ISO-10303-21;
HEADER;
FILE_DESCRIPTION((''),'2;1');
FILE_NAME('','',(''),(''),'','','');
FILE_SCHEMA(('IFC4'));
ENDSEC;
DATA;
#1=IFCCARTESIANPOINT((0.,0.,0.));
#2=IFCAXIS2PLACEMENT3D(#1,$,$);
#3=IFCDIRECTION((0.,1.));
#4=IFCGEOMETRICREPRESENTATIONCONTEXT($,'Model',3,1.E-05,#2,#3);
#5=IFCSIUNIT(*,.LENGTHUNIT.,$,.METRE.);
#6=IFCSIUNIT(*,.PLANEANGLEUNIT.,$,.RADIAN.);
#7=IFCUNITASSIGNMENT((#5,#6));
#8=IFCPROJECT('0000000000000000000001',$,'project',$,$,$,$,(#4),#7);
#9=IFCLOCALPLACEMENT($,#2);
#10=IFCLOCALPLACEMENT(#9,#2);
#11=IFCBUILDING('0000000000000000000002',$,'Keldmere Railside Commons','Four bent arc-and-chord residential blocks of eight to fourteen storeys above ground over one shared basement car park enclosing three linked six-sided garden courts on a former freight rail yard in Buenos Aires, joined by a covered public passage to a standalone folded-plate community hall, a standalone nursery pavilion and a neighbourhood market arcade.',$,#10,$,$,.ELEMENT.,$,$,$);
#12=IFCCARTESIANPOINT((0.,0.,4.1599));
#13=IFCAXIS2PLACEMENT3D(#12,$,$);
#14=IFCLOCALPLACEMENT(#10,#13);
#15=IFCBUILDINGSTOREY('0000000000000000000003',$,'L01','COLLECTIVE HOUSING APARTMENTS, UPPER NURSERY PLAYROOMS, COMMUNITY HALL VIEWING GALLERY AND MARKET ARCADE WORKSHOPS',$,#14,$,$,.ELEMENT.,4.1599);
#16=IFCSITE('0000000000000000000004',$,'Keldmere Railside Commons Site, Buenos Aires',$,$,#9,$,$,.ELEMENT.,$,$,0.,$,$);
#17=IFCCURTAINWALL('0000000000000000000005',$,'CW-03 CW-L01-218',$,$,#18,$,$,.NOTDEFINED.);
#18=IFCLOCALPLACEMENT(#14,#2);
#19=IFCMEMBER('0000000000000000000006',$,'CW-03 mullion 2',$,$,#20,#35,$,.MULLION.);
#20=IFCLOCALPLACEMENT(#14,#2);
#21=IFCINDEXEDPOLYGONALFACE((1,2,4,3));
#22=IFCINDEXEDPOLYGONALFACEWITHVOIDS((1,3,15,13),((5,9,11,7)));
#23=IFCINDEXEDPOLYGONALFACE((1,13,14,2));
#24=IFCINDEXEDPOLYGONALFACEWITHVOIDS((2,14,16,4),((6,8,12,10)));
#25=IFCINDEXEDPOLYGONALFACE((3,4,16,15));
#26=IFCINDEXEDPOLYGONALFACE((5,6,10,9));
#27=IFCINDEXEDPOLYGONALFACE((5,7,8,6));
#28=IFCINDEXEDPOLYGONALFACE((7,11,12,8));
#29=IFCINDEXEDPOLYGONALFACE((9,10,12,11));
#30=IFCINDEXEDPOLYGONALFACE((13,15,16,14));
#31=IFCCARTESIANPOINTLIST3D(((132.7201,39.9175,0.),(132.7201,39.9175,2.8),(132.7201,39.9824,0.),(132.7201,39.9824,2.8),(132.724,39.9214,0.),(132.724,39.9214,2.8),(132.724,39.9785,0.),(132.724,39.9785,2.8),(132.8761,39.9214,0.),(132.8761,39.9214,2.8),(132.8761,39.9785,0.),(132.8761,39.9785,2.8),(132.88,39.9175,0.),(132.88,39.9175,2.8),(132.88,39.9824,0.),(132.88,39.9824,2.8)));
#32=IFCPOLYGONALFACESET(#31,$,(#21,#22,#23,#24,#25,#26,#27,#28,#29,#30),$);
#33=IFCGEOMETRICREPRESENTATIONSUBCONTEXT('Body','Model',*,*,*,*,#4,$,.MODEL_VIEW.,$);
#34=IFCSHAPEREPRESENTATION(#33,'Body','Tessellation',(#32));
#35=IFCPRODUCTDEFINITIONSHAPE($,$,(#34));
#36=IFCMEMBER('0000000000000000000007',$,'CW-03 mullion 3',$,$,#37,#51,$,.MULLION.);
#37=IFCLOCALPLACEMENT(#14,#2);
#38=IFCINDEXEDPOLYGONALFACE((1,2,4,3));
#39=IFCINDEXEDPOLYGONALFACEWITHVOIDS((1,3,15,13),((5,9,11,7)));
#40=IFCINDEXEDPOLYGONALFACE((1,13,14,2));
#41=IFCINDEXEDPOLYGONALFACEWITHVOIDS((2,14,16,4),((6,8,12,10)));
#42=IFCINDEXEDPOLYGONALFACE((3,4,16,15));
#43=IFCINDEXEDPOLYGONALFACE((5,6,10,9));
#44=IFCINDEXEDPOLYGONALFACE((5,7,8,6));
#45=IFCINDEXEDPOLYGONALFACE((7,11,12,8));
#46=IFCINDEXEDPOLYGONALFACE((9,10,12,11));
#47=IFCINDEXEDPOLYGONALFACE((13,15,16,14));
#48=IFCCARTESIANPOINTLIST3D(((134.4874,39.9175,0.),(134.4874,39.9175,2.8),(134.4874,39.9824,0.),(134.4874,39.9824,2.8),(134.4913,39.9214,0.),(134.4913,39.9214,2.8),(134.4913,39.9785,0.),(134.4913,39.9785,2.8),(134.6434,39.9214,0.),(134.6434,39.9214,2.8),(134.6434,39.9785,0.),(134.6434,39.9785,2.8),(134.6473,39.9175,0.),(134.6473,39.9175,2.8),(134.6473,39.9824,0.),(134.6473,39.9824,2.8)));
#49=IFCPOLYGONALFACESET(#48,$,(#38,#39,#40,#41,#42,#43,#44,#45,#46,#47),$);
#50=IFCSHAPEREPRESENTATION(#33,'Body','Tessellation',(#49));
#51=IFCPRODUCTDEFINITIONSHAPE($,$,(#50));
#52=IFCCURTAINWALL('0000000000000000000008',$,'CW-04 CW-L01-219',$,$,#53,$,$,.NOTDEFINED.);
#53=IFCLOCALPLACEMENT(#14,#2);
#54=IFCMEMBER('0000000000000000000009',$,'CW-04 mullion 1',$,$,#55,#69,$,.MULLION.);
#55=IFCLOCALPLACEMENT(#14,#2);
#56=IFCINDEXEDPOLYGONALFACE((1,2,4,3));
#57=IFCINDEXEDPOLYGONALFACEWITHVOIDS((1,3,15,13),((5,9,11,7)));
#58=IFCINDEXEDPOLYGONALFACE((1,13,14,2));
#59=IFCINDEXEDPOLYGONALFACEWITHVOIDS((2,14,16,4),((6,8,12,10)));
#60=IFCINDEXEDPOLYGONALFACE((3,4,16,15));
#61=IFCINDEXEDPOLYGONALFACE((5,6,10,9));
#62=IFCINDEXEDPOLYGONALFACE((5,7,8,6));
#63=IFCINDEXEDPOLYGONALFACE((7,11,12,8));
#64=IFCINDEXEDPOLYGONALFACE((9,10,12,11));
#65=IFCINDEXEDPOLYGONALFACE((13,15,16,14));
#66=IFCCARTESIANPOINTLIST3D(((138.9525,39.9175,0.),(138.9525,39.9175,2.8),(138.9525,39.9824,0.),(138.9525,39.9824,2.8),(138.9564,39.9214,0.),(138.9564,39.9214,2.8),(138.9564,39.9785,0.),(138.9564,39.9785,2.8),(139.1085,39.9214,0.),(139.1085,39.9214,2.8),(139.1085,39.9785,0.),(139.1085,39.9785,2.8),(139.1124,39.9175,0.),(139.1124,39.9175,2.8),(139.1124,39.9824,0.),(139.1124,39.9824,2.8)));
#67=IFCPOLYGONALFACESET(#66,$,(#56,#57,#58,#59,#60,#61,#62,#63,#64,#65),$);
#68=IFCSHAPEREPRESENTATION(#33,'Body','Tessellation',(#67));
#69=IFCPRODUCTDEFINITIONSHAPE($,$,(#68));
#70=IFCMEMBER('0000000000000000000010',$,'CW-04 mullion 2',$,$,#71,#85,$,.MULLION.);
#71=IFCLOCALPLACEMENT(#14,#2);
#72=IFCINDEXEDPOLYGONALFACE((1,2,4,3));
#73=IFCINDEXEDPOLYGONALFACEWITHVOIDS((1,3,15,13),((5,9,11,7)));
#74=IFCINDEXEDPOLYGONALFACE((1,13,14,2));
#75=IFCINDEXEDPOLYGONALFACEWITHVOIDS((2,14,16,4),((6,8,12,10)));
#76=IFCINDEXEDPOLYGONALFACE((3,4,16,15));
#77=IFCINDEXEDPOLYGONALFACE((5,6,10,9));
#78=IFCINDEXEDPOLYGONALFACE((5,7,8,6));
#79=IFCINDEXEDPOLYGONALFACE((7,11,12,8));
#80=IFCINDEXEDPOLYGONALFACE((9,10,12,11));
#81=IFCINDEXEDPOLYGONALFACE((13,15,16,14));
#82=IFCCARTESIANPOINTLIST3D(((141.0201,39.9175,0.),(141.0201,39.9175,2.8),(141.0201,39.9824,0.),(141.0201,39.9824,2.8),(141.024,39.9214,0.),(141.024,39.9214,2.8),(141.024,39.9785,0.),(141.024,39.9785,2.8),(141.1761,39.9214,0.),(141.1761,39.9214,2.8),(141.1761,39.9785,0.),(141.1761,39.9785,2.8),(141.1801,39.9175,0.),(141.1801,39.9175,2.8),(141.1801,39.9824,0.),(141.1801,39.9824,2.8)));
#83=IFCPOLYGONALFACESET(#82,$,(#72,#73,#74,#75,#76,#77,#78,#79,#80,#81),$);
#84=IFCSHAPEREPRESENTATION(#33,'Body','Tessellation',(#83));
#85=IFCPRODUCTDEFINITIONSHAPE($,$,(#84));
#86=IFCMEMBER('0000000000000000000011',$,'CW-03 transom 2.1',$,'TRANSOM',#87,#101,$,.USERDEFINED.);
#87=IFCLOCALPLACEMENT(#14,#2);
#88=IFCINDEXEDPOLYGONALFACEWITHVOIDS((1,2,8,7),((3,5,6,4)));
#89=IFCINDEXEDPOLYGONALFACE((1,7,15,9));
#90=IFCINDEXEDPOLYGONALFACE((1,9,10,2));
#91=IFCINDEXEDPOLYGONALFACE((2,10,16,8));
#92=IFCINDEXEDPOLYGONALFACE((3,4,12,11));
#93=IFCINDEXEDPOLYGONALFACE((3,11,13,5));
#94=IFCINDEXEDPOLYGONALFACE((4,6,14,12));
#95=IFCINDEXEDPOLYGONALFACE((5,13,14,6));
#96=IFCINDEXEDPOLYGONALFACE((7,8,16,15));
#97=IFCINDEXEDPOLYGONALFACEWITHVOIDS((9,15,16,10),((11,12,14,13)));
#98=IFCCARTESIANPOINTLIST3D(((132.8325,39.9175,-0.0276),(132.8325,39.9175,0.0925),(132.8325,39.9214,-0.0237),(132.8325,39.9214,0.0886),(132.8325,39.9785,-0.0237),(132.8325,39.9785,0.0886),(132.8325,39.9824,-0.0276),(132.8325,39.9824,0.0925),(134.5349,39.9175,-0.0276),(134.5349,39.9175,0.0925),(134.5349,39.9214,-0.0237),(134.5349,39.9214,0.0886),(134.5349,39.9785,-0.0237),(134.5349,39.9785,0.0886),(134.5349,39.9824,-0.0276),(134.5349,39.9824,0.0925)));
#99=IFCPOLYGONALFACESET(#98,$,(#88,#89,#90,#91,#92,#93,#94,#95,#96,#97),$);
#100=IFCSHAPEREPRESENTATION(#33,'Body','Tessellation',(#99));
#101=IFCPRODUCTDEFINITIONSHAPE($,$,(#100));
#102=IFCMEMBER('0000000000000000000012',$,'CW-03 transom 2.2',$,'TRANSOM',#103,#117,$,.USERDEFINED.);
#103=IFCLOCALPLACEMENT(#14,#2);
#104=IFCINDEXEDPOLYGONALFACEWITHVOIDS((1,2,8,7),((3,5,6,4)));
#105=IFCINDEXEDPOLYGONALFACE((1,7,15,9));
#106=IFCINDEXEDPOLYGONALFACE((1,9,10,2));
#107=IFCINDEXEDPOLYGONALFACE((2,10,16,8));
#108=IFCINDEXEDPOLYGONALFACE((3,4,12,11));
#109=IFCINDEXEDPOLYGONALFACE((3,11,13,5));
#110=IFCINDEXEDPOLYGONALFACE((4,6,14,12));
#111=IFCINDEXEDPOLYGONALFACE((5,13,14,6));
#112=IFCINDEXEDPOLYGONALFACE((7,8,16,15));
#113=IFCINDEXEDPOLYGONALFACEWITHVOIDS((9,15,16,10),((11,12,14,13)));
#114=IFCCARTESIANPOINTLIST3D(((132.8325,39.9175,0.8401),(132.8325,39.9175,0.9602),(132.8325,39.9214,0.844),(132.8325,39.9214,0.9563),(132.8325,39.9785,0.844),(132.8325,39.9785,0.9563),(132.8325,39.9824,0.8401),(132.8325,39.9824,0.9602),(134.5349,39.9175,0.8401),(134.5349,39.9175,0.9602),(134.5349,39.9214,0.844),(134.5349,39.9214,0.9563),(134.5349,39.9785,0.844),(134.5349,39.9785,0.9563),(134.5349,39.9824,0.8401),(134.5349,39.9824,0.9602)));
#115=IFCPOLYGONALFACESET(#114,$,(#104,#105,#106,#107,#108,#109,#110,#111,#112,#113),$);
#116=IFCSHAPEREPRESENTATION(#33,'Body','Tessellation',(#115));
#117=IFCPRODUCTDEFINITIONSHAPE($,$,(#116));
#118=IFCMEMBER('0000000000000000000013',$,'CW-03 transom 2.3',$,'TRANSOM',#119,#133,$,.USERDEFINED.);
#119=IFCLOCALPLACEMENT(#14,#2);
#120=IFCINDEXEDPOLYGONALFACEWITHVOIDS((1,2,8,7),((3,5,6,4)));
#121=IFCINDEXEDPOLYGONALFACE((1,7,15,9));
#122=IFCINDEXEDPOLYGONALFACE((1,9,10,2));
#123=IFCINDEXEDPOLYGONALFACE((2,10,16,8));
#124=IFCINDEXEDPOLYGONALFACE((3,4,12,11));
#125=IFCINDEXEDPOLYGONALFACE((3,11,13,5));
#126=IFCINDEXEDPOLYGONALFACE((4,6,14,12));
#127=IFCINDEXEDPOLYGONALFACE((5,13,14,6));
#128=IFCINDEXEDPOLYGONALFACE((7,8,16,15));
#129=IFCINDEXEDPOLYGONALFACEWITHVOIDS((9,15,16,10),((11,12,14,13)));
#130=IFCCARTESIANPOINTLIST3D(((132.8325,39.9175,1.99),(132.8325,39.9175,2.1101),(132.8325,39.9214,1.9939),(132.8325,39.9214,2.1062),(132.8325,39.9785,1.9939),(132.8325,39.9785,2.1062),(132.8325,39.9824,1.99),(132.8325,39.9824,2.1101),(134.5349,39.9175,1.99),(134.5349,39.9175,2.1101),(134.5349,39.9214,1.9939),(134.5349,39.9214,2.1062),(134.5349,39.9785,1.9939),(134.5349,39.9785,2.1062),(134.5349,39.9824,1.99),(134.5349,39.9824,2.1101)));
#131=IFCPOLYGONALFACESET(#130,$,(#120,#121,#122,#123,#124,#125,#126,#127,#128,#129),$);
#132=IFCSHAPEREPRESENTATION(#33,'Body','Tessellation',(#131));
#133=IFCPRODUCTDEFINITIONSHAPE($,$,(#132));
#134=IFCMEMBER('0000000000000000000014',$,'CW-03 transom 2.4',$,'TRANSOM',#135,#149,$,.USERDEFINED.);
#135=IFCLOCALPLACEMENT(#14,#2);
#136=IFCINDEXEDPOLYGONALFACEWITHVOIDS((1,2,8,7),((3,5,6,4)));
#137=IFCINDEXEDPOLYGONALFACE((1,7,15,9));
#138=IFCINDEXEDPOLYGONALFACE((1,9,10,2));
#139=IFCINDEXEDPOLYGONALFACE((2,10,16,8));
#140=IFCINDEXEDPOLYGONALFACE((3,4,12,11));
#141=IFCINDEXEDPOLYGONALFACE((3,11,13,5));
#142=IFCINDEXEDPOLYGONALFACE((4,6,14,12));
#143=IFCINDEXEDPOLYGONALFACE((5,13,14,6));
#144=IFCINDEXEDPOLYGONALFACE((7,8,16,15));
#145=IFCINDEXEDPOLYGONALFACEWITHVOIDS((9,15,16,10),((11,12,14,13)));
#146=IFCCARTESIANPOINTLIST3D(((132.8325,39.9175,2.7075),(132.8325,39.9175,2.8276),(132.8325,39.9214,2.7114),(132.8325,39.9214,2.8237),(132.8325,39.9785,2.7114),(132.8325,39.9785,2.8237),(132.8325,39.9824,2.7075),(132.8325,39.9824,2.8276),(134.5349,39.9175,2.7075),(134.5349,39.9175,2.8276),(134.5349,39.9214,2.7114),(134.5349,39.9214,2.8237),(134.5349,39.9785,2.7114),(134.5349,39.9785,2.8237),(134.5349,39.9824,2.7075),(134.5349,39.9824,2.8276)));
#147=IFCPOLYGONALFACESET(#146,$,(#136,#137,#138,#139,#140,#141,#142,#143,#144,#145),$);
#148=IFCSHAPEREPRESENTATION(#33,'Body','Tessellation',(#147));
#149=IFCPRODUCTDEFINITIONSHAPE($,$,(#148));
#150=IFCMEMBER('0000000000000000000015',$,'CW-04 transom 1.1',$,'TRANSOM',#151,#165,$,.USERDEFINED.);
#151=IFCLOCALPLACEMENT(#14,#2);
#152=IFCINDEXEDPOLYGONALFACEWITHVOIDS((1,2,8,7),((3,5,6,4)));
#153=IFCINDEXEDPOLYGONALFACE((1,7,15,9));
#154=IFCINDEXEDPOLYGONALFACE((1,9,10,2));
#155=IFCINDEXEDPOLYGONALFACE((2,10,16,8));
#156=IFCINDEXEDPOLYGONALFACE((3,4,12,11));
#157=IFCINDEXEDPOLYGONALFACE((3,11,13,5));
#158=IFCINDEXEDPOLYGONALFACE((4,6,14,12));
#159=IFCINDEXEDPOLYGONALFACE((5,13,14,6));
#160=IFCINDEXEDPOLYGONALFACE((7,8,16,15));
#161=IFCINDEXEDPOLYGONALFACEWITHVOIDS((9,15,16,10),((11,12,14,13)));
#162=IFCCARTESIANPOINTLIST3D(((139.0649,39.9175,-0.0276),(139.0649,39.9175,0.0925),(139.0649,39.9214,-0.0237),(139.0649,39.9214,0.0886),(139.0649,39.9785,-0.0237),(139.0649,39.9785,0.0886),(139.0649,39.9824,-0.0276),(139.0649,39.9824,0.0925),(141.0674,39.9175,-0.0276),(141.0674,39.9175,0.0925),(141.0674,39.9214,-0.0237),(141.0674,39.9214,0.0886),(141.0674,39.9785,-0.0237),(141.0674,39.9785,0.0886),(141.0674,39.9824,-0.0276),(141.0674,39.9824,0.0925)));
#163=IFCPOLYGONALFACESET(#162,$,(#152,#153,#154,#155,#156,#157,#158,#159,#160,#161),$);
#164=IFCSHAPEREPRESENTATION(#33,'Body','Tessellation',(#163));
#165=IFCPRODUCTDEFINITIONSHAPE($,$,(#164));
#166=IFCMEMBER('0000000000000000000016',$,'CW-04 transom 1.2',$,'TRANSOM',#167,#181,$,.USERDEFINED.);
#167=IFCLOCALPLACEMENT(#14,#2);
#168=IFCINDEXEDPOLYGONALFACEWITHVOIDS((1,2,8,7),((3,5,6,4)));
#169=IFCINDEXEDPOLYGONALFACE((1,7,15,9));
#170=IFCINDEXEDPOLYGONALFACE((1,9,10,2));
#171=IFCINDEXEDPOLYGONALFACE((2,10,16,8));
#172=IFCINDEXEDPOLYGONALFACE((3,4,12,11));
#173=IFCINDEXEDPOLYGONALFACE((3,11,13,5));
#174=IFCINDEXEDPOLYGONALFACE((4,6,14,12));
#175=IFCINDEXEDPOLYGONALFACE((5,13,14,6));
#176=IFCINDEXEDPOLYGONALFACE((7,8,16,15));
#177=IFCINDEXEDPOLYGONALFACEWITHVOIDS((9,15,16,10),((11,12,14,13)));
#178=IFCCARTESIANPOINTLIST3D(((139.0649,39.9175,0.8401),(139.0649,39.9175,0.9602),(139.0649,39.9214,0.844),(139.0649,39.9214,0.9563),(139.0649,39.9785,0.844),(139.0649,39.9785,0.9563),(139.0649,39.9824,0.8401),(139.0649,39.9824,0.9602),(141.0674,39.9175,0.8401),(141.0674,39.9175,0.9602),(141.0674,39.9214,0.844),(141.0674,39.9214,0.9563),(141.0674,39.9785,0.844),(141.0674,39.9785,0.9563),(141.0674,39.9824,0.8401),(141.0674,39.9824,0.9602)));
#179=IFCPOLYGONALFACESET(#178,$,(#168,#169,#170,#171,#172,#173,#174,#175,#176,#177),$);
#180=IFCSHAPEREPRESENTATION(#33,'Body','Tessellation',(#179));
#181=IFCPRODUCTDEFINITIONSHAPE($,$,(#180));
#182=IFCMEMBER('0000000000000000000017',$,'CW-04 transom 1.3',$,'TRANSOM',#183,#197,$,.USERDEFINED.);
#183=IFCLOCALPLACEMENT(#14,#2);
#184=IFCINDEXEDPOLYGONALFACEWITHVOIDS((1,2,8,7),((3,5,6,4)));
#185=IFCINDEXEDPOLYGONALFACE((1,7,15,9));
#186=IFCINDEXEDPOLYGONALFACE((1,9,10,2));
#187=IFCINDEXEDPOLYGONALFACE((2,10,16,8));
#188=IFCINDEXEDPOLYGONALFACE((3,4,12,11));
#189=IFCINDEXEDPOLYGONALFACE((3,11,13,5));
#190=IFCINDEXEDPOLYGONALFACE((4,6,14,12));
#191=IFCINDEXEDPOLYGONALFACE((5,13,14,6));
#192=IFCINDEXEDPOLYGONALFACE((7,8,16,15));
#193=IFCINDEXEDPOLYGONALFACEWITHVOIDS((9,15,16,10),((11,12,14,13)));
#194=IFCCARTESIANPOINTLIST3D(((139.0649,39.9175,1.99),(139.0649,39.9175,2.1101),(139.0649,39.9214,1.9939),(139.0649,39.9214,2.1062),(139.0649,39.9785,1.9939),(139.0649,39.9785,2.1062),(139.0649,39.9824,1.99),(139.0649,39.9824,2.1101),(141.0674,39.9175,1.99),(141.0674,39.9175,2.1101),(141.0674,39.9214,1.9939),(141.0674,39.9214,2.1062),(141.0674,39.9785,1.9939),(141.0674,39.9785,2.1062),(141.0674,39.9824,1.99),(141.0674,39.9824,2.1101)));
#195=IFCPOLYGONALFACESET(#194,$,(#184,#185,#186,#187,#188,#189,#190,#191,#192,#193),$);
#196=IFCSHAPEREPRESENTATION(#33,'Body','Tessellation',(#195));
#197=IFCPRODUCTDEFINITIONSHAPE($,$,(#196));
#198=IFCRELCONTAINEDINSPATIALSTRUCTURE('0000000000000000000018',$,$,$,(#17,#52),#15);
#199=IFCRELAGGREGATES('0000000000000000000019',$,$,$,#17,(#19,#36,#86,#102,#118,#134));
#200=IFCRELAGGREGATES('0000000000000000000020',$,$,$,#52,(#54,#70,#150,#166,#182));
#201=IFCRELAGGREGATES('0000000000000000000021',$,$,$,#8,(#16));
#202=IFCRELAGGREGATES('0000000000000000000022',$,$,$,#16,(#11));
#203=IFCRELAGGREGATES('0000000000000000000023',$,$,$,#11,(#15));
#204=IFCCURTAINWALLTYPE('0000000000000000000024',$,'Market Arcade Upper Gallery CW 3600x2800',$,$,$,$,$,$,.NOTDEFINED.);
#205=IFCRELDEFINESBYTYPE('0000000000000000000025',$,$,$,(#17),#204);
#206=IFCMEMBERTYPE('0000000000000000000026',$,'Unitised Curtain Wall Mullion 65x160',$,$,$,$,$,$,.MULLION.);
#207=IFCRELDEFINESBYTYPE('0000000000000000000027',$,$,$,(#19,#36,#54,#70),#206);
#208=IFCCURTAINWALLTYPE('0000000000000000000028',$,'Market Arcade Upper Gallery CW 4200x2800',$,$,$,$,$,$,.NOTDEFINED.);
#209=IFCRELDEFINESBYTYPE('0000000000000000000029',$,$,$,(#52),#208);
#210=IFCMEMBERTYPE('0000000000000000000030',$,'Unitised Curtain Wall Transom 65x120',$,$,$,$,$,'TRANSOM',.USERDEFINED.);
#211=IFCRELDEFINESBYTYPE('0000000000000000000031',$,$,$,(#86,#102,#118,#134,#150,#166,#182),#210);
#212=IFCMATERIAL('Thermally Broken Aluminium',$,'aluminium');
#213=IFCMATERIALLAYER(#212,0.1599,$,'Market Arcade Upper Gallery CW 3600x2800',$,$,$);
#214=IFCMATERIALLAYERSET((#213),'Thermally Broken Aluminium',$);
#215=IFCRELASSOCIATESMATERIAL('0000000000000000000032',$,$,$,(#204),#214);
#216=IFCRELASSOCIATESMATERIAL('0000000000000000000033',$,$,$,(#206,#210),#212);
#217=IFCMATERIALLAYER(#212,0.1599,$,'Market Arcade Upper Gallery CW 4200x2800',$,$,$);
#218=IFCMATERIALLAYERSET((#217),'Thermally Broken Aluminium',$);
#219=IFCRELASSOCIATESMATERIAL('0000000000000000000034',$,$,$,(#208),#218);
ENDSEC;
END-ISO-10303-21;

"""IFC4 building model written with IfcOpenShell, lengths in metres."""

from ifc_helpers import new_model, si_unit, direction, frame, origin, origin_2d, place, context, subcontext, project, spatial, hollow_rectangle, extrude, material, layer, layer_set, material_profile, profile_set, type_object, element, aggregate, save


model = new_model("IFC4")

# Units and contexts
model_context = context("Model", 3, precision=1e-05, world=origin(), true_north=direction((0.0, 1.0)))
body_context = subcontext(model_context, "Body", "Model", "MODEL_VIEW")
ifc_project = project(units=[si_unit("LENGTHUNIT", "METRE"), si_unit("PLANEANGLEUNIT", "RADIAN")], contexts=[model_context])

# Site, building, storey
site_placement = place(None, origin())
site = spatial("IfcSite", under=ifc_project, at=site_placement, Name="Keldmere Railside Commons Site, Buenos Aires", CompositionType="ELEMENT", RefElevation=0.0)
building_placement = place(site_placement, origin())
building = spatial("IfcBuilding", under=site, at=building_placement, Name="Keldmere Railside Commons", Description="Four bent arc-and-chord residential blocks of eight to fourteen storeys above ground over one shared basement car park enclosing three linked six-sided garden courts on a former freight rail yard in Buenos Aires, joined by a covered public passage to a standalone folded-plate community hall, a standalone nursery pavilion and a neighbourhood market arcade.", CompositionType="ELEMENT")
storey_placement = place(building_placement, frame((0.0, 0.0, 4.1599)))
storey = spatial("IfcBuildingStorey", under=building, at=storey_placement, Name="L01", Description="COLLECTIVE HOUSING APARTMENTS, UPPER NURSERY PLAYROOMS, COMMUNITY HALL VIEWING GALLERY AND MARKET ARCADE WORKSHOPS", CompositionType="ELEMENT", Elevation=4.1599)

# Curtain walls, members
ifc_material_1 = material(Name="Thermally Broken Aluminium", Category="aluminium")
ifc_layer_1 = layer(ifc_material_1, 0.1599, Name="Market Arcade Upper Gallery CW 3600x2800")
ifc_layer_set_1 = layer_set([ifc_layer_1], Name="Thermally Broken Aluminium")
curtain_wall_type_1 = type_object("IfcCurtainWallType", Name="Market Arcade Upper Gallery CW 3600x2800", PredefinedType="NOTDEFINED", material=ifc_layer_set_1)
curtain_wall_1_placement = place(storey_placement, origin())
curtain_wall_1 = element("IfcCurtainWall", 1, at=curtain_wall_1_placement, inside=storey, type_object=curtain_wall_type_1, Name="CW-03 CW-L01-218", PredefinedType="NOTDEFINED")
ifc_material_profile_1 = material_profile(ifc_material_1, hollow_rectangle(XDim=0.0649, YDim=0.1599, WallThickness=0.0039, at=origin_2d()), Name="ALU-MULL-65x160")
ifc_profile_set_1 = profile_set([ifc_material_profile_1], Name="Thermally Broken Aluminium")
member_type_1 = type_object("IfcMemberType", Name="Unitised Curtain Wall Mullion 65x160", PredefinedType="MULLION", material=ifc_profile_set_1)
member_1_placement = place(storey_placement, frame((132.8, 39.95, 0.0), z_axis=(0.0, 0.0, 1.0), x_axis=(0.0, 1.0, 0.0)))
member_1 = element("IfcMember", 2, at=member_1_placement, type_object=member_type_1, Name="CW-03 mullion 2", PredefinedType="MULLION", context=body_context, shape_type="SweptSolid", body=[
    extrude(hollow_rectangle(XDim=0.0649, YDim=0.1599, WallThickness=0.0039, at=origin_2d()), origin(), (0.0, 0.0, 1.0), 2.8),
])
member_2_placement = place(storey_placement, frame((134.5674, 39.95, 0.0), z_axis=(0.0, 0.0, 1.0), x_axis=(0.0, 1.0, 0.0)))
member_2 = element("IfcMember", 3, at=member_2_placement, type_object=member_type_1, Name="CW-03 mullion 3", PredefinedType="MULLION", context=body_context, shape_type="SweptSolid", body=[
    extrude(hollow_rectangle(XDim=0.0649, YDim=0.1599, WallThickness=0.0039, at=origin_2d()), origin(), (0.0, 0.0, 1.0), 2.8),
])
ifc_layer_2 = layer(ifc_material_1, 0.1599, Name="Market Arcade Upper Gallery CW 4200x2800")
ifc_layer_set_2 = layer_set([ifc_layer_2], Name="Thermally Broken Aluminium")
curtain_wall_type_2 = type_object("IfcCurtainWallType", Name="Market Arcade Upper Gallery CW 4200x2800", PredefinedType="NOTDEFINED", material=ifc_layer_set_2)
curtain_wall_2_placement = place(storey_placement, origin())
curtain_wall_2 = element("IfcCurtainWall", 4, at=curtain_wall_2_placement, inside=storey, type_object=curtain_wall_type_2, Name="CW-04 CW-L01-219", PredefinedType="NOTDEFINED")
member_3_placement = place(storey_placement, frame((139.0325, 39.95, 0.0), z_axis=(0.0, 0.0, 1.0), x_axis=(0.0, 1.0, 0.0)))
member_3 = element("IfcMember", 5, at=member_3_placement, type_object=member_type_1, Name="CW-04 mullion 1", PredefinedType="MULLION", context=body_context, shape_type="SweptSolid", body=[
    extrude(hollow_rectangle(XDim=0.0649, YDim=0.1599, WallThickness=0.0039, at=origin_2d()), origin(), (0.0, 0.0, 1.0), 2.8),
])
member_4_placement = place(storey_placement, frame((141.1001, 39.95, 0.0), z_axis=(0.0, 0.0, 1.0), x_axis=(0.0, 1.0, 0.0)))
member_4 = element("IfcMember", 6, at=member_4_placement, type_object=member_type_1, Name="CW-04 mullion 2", PredefinedType="MULLION", context=body_context, shape_type="SweptSolid", body=[
    extrude(hollow_rectangle(XDim=0.0649, YDim=0.1599, WallThickness=0.0039, at=origin_2d()), origin(), (0.0, 0.0, 1.0), 2.8),
])

# Members
ifc_material_profile_2 = material_profile(ifc_material_1, hollow_rectangle(XDim=0.0649, YDim=0.1201, WallThickness=0.0039, at=origin_2d()), Name="ALU-TRAN-65x120")
ifc_profile_set_2 = profile_set([ifc_material_profile_2], Name="Thermally Broken Aluminium")
member_type_2 = type_object("IfcMemberType", Name="Unitised Curtain Wall Transom 65x120", ElementType="TRANSOM", PredefinedType="USERDEFINED", material=ifc_profile_set_2)
member_5_placement = place(storey_placement, frame((132.8325, 39.95, 0.0325), z_axis=(1.0, 0.0, 0.0), x_axis=(0.0, 1.0, 0.0)))
member_5 = element("IfcMember", 7, at=member_5_placement, type_object=member_type_2, Name="CW-03 transom 2.1", ObjectType="TRANSOM", PredefinedType="USERDEFINED", context=body_context, shape_type="SweptSolid", body=[
    extrude(hollow_rectangle(XDim=0.0649, YDim=0.1201, WallThickness=0.0039, at=origin_2d()), origin(), (0.0, 0.0, 1.0), 1.7024),
])
member_6_placement = place(storey_placement, frame((132.8325, 39.95, 0.9001), z_axis=(1.0, 0.0, 0.0), x_axis=(0.0, 1.0, 0.0)))
member_6 = element("IfcMember", 8, at=member_6_placement, type_object=member_type_2, Name="CW-03 transom 2.2", ObjectType="TRANSOM", PredefinedType="USERDEFINED", context=body_context, shape_type="SweptSolid", body=[
    extrude(hollow_rectangle(XDim=0.0649, YDim=0.1201, WallThickness=0.0039, at=origin_2d()), origin(), (0.0, 0.0, 1.0), 1.7024),
])
member_7_placement = place(storey_placement, frame((132.8325, 39.95, 2.05), z_axis=(1.0, 0.0, 0.0), x_axis=(0.0, 1.0, 0.0)))
member_7 = element("IfcMember", 9, at=member_7_placement, type_object=member_type_2, Name="CW-03 transom 2.3", ObjectType="TRANSOM", PredefinedType="USERDEFINED", context=body_context, shape_type="SweptSolid", body=[
    extrude(hollow_rectangle(XDim=0.0649, YDim=0.1201, WallThickness=0.0039, at=origin_2d()), origin(), (0.0, 0.0, 1.0), 1.7024),
])
member_8_placement = place(storey_placement, frame((132.8325, 39.95, 2.7676), z_axis=(1.0, 0.0, 0.0), x_axis=(0.0, 1.0, 0.0)))
member_8 = element("IfcMember", 10, at=member_8_placement, type_object=member_type_2, Name="CW-03 transom 2.4", ObjectType="TRANSOM", PredefinedType="USERDEFINED", context=body_context, shape_type="SweptSolid", body=[
    extrude(hollow_rectangle(XDim=0.0649, YDim=0.1201, WallThickness=0.0039, at=origin_2d()), origin(), (0.0, 0.0, 1.0), 1.7024),
])
member_9_placement = place(storey_placement, frame((139.0649, 39.95, 0.0325), z_axis=(1.0, 0.0, 0.0), x_axis=(0.0, 1.0, 0.0)))
member_9 = element("IfcMember", 11, at=member_9_placement, type_object=member_type_2, Name="CW-04 transom 1.1", ObjectType="TRANSOM", PredefinedType="USERDEFINED", context=body_context, shape_type="SweptSolid", body=[
    extrude(hollow_rectangle(XDim=0.0649, YDim=0.1201, WallThickness=0.0039, at=origin_2d()), origin(), (0.0, 0.0, 1.0), 2.0024),
])
member_10_placement = place(storey_placement, frame((139.0649, 39.95, 0.9001), z_axis=(1.0, 0.0, 0.0), x_axis=(0.0, 1.0, 0.0)))
member_10 = element("IfcMember", 12, at=member_10_placement, type_object=member_type_2, Name="CW-04 transom 1.2", ObjectType="TRANSOM", PredefinedType="USERDEFINED", context=body_context, shape_type="SweptSolid", body=[
    extrude(hollow_rectangle(XDim=0.0649, YDim=0.1201, WallThickness=0.0039, at=origin_2d()), origin(), (0.0, 0.0, 1.0), 2.0024),
])
member_11_placement = place(storey_placement, frame((139.0649, 39.95, 2.05), z_axis=(1.0, 0.0, 0.0), x_axis=(0.0, 1.0, 0.0)))
member_11 = element("IfcMember", 13, at=member_11_placement, type_object=member_type_2, Name="CW-04 transom 1.3", ObjectType="TRANSOM", PredefinedType="USERDEFINED", context=body_context, shape_type="SweptSolid", body=[
    extrude(hollow_rectangle(XDim=0.0649, YDim=0.1201, WallThickness=0.0039, at=origin_2d()), origin(), (0.0, 0.0, 1.0), 2.0024),
])

aggregate(curtain_wall_1, [member_1, member_2, member_5, member_6, member_7, member_8])
aggregate(curtain_wall_2, [member_3, member_4, member_9, member_10, member_11])

save(model, "model.ifc")
